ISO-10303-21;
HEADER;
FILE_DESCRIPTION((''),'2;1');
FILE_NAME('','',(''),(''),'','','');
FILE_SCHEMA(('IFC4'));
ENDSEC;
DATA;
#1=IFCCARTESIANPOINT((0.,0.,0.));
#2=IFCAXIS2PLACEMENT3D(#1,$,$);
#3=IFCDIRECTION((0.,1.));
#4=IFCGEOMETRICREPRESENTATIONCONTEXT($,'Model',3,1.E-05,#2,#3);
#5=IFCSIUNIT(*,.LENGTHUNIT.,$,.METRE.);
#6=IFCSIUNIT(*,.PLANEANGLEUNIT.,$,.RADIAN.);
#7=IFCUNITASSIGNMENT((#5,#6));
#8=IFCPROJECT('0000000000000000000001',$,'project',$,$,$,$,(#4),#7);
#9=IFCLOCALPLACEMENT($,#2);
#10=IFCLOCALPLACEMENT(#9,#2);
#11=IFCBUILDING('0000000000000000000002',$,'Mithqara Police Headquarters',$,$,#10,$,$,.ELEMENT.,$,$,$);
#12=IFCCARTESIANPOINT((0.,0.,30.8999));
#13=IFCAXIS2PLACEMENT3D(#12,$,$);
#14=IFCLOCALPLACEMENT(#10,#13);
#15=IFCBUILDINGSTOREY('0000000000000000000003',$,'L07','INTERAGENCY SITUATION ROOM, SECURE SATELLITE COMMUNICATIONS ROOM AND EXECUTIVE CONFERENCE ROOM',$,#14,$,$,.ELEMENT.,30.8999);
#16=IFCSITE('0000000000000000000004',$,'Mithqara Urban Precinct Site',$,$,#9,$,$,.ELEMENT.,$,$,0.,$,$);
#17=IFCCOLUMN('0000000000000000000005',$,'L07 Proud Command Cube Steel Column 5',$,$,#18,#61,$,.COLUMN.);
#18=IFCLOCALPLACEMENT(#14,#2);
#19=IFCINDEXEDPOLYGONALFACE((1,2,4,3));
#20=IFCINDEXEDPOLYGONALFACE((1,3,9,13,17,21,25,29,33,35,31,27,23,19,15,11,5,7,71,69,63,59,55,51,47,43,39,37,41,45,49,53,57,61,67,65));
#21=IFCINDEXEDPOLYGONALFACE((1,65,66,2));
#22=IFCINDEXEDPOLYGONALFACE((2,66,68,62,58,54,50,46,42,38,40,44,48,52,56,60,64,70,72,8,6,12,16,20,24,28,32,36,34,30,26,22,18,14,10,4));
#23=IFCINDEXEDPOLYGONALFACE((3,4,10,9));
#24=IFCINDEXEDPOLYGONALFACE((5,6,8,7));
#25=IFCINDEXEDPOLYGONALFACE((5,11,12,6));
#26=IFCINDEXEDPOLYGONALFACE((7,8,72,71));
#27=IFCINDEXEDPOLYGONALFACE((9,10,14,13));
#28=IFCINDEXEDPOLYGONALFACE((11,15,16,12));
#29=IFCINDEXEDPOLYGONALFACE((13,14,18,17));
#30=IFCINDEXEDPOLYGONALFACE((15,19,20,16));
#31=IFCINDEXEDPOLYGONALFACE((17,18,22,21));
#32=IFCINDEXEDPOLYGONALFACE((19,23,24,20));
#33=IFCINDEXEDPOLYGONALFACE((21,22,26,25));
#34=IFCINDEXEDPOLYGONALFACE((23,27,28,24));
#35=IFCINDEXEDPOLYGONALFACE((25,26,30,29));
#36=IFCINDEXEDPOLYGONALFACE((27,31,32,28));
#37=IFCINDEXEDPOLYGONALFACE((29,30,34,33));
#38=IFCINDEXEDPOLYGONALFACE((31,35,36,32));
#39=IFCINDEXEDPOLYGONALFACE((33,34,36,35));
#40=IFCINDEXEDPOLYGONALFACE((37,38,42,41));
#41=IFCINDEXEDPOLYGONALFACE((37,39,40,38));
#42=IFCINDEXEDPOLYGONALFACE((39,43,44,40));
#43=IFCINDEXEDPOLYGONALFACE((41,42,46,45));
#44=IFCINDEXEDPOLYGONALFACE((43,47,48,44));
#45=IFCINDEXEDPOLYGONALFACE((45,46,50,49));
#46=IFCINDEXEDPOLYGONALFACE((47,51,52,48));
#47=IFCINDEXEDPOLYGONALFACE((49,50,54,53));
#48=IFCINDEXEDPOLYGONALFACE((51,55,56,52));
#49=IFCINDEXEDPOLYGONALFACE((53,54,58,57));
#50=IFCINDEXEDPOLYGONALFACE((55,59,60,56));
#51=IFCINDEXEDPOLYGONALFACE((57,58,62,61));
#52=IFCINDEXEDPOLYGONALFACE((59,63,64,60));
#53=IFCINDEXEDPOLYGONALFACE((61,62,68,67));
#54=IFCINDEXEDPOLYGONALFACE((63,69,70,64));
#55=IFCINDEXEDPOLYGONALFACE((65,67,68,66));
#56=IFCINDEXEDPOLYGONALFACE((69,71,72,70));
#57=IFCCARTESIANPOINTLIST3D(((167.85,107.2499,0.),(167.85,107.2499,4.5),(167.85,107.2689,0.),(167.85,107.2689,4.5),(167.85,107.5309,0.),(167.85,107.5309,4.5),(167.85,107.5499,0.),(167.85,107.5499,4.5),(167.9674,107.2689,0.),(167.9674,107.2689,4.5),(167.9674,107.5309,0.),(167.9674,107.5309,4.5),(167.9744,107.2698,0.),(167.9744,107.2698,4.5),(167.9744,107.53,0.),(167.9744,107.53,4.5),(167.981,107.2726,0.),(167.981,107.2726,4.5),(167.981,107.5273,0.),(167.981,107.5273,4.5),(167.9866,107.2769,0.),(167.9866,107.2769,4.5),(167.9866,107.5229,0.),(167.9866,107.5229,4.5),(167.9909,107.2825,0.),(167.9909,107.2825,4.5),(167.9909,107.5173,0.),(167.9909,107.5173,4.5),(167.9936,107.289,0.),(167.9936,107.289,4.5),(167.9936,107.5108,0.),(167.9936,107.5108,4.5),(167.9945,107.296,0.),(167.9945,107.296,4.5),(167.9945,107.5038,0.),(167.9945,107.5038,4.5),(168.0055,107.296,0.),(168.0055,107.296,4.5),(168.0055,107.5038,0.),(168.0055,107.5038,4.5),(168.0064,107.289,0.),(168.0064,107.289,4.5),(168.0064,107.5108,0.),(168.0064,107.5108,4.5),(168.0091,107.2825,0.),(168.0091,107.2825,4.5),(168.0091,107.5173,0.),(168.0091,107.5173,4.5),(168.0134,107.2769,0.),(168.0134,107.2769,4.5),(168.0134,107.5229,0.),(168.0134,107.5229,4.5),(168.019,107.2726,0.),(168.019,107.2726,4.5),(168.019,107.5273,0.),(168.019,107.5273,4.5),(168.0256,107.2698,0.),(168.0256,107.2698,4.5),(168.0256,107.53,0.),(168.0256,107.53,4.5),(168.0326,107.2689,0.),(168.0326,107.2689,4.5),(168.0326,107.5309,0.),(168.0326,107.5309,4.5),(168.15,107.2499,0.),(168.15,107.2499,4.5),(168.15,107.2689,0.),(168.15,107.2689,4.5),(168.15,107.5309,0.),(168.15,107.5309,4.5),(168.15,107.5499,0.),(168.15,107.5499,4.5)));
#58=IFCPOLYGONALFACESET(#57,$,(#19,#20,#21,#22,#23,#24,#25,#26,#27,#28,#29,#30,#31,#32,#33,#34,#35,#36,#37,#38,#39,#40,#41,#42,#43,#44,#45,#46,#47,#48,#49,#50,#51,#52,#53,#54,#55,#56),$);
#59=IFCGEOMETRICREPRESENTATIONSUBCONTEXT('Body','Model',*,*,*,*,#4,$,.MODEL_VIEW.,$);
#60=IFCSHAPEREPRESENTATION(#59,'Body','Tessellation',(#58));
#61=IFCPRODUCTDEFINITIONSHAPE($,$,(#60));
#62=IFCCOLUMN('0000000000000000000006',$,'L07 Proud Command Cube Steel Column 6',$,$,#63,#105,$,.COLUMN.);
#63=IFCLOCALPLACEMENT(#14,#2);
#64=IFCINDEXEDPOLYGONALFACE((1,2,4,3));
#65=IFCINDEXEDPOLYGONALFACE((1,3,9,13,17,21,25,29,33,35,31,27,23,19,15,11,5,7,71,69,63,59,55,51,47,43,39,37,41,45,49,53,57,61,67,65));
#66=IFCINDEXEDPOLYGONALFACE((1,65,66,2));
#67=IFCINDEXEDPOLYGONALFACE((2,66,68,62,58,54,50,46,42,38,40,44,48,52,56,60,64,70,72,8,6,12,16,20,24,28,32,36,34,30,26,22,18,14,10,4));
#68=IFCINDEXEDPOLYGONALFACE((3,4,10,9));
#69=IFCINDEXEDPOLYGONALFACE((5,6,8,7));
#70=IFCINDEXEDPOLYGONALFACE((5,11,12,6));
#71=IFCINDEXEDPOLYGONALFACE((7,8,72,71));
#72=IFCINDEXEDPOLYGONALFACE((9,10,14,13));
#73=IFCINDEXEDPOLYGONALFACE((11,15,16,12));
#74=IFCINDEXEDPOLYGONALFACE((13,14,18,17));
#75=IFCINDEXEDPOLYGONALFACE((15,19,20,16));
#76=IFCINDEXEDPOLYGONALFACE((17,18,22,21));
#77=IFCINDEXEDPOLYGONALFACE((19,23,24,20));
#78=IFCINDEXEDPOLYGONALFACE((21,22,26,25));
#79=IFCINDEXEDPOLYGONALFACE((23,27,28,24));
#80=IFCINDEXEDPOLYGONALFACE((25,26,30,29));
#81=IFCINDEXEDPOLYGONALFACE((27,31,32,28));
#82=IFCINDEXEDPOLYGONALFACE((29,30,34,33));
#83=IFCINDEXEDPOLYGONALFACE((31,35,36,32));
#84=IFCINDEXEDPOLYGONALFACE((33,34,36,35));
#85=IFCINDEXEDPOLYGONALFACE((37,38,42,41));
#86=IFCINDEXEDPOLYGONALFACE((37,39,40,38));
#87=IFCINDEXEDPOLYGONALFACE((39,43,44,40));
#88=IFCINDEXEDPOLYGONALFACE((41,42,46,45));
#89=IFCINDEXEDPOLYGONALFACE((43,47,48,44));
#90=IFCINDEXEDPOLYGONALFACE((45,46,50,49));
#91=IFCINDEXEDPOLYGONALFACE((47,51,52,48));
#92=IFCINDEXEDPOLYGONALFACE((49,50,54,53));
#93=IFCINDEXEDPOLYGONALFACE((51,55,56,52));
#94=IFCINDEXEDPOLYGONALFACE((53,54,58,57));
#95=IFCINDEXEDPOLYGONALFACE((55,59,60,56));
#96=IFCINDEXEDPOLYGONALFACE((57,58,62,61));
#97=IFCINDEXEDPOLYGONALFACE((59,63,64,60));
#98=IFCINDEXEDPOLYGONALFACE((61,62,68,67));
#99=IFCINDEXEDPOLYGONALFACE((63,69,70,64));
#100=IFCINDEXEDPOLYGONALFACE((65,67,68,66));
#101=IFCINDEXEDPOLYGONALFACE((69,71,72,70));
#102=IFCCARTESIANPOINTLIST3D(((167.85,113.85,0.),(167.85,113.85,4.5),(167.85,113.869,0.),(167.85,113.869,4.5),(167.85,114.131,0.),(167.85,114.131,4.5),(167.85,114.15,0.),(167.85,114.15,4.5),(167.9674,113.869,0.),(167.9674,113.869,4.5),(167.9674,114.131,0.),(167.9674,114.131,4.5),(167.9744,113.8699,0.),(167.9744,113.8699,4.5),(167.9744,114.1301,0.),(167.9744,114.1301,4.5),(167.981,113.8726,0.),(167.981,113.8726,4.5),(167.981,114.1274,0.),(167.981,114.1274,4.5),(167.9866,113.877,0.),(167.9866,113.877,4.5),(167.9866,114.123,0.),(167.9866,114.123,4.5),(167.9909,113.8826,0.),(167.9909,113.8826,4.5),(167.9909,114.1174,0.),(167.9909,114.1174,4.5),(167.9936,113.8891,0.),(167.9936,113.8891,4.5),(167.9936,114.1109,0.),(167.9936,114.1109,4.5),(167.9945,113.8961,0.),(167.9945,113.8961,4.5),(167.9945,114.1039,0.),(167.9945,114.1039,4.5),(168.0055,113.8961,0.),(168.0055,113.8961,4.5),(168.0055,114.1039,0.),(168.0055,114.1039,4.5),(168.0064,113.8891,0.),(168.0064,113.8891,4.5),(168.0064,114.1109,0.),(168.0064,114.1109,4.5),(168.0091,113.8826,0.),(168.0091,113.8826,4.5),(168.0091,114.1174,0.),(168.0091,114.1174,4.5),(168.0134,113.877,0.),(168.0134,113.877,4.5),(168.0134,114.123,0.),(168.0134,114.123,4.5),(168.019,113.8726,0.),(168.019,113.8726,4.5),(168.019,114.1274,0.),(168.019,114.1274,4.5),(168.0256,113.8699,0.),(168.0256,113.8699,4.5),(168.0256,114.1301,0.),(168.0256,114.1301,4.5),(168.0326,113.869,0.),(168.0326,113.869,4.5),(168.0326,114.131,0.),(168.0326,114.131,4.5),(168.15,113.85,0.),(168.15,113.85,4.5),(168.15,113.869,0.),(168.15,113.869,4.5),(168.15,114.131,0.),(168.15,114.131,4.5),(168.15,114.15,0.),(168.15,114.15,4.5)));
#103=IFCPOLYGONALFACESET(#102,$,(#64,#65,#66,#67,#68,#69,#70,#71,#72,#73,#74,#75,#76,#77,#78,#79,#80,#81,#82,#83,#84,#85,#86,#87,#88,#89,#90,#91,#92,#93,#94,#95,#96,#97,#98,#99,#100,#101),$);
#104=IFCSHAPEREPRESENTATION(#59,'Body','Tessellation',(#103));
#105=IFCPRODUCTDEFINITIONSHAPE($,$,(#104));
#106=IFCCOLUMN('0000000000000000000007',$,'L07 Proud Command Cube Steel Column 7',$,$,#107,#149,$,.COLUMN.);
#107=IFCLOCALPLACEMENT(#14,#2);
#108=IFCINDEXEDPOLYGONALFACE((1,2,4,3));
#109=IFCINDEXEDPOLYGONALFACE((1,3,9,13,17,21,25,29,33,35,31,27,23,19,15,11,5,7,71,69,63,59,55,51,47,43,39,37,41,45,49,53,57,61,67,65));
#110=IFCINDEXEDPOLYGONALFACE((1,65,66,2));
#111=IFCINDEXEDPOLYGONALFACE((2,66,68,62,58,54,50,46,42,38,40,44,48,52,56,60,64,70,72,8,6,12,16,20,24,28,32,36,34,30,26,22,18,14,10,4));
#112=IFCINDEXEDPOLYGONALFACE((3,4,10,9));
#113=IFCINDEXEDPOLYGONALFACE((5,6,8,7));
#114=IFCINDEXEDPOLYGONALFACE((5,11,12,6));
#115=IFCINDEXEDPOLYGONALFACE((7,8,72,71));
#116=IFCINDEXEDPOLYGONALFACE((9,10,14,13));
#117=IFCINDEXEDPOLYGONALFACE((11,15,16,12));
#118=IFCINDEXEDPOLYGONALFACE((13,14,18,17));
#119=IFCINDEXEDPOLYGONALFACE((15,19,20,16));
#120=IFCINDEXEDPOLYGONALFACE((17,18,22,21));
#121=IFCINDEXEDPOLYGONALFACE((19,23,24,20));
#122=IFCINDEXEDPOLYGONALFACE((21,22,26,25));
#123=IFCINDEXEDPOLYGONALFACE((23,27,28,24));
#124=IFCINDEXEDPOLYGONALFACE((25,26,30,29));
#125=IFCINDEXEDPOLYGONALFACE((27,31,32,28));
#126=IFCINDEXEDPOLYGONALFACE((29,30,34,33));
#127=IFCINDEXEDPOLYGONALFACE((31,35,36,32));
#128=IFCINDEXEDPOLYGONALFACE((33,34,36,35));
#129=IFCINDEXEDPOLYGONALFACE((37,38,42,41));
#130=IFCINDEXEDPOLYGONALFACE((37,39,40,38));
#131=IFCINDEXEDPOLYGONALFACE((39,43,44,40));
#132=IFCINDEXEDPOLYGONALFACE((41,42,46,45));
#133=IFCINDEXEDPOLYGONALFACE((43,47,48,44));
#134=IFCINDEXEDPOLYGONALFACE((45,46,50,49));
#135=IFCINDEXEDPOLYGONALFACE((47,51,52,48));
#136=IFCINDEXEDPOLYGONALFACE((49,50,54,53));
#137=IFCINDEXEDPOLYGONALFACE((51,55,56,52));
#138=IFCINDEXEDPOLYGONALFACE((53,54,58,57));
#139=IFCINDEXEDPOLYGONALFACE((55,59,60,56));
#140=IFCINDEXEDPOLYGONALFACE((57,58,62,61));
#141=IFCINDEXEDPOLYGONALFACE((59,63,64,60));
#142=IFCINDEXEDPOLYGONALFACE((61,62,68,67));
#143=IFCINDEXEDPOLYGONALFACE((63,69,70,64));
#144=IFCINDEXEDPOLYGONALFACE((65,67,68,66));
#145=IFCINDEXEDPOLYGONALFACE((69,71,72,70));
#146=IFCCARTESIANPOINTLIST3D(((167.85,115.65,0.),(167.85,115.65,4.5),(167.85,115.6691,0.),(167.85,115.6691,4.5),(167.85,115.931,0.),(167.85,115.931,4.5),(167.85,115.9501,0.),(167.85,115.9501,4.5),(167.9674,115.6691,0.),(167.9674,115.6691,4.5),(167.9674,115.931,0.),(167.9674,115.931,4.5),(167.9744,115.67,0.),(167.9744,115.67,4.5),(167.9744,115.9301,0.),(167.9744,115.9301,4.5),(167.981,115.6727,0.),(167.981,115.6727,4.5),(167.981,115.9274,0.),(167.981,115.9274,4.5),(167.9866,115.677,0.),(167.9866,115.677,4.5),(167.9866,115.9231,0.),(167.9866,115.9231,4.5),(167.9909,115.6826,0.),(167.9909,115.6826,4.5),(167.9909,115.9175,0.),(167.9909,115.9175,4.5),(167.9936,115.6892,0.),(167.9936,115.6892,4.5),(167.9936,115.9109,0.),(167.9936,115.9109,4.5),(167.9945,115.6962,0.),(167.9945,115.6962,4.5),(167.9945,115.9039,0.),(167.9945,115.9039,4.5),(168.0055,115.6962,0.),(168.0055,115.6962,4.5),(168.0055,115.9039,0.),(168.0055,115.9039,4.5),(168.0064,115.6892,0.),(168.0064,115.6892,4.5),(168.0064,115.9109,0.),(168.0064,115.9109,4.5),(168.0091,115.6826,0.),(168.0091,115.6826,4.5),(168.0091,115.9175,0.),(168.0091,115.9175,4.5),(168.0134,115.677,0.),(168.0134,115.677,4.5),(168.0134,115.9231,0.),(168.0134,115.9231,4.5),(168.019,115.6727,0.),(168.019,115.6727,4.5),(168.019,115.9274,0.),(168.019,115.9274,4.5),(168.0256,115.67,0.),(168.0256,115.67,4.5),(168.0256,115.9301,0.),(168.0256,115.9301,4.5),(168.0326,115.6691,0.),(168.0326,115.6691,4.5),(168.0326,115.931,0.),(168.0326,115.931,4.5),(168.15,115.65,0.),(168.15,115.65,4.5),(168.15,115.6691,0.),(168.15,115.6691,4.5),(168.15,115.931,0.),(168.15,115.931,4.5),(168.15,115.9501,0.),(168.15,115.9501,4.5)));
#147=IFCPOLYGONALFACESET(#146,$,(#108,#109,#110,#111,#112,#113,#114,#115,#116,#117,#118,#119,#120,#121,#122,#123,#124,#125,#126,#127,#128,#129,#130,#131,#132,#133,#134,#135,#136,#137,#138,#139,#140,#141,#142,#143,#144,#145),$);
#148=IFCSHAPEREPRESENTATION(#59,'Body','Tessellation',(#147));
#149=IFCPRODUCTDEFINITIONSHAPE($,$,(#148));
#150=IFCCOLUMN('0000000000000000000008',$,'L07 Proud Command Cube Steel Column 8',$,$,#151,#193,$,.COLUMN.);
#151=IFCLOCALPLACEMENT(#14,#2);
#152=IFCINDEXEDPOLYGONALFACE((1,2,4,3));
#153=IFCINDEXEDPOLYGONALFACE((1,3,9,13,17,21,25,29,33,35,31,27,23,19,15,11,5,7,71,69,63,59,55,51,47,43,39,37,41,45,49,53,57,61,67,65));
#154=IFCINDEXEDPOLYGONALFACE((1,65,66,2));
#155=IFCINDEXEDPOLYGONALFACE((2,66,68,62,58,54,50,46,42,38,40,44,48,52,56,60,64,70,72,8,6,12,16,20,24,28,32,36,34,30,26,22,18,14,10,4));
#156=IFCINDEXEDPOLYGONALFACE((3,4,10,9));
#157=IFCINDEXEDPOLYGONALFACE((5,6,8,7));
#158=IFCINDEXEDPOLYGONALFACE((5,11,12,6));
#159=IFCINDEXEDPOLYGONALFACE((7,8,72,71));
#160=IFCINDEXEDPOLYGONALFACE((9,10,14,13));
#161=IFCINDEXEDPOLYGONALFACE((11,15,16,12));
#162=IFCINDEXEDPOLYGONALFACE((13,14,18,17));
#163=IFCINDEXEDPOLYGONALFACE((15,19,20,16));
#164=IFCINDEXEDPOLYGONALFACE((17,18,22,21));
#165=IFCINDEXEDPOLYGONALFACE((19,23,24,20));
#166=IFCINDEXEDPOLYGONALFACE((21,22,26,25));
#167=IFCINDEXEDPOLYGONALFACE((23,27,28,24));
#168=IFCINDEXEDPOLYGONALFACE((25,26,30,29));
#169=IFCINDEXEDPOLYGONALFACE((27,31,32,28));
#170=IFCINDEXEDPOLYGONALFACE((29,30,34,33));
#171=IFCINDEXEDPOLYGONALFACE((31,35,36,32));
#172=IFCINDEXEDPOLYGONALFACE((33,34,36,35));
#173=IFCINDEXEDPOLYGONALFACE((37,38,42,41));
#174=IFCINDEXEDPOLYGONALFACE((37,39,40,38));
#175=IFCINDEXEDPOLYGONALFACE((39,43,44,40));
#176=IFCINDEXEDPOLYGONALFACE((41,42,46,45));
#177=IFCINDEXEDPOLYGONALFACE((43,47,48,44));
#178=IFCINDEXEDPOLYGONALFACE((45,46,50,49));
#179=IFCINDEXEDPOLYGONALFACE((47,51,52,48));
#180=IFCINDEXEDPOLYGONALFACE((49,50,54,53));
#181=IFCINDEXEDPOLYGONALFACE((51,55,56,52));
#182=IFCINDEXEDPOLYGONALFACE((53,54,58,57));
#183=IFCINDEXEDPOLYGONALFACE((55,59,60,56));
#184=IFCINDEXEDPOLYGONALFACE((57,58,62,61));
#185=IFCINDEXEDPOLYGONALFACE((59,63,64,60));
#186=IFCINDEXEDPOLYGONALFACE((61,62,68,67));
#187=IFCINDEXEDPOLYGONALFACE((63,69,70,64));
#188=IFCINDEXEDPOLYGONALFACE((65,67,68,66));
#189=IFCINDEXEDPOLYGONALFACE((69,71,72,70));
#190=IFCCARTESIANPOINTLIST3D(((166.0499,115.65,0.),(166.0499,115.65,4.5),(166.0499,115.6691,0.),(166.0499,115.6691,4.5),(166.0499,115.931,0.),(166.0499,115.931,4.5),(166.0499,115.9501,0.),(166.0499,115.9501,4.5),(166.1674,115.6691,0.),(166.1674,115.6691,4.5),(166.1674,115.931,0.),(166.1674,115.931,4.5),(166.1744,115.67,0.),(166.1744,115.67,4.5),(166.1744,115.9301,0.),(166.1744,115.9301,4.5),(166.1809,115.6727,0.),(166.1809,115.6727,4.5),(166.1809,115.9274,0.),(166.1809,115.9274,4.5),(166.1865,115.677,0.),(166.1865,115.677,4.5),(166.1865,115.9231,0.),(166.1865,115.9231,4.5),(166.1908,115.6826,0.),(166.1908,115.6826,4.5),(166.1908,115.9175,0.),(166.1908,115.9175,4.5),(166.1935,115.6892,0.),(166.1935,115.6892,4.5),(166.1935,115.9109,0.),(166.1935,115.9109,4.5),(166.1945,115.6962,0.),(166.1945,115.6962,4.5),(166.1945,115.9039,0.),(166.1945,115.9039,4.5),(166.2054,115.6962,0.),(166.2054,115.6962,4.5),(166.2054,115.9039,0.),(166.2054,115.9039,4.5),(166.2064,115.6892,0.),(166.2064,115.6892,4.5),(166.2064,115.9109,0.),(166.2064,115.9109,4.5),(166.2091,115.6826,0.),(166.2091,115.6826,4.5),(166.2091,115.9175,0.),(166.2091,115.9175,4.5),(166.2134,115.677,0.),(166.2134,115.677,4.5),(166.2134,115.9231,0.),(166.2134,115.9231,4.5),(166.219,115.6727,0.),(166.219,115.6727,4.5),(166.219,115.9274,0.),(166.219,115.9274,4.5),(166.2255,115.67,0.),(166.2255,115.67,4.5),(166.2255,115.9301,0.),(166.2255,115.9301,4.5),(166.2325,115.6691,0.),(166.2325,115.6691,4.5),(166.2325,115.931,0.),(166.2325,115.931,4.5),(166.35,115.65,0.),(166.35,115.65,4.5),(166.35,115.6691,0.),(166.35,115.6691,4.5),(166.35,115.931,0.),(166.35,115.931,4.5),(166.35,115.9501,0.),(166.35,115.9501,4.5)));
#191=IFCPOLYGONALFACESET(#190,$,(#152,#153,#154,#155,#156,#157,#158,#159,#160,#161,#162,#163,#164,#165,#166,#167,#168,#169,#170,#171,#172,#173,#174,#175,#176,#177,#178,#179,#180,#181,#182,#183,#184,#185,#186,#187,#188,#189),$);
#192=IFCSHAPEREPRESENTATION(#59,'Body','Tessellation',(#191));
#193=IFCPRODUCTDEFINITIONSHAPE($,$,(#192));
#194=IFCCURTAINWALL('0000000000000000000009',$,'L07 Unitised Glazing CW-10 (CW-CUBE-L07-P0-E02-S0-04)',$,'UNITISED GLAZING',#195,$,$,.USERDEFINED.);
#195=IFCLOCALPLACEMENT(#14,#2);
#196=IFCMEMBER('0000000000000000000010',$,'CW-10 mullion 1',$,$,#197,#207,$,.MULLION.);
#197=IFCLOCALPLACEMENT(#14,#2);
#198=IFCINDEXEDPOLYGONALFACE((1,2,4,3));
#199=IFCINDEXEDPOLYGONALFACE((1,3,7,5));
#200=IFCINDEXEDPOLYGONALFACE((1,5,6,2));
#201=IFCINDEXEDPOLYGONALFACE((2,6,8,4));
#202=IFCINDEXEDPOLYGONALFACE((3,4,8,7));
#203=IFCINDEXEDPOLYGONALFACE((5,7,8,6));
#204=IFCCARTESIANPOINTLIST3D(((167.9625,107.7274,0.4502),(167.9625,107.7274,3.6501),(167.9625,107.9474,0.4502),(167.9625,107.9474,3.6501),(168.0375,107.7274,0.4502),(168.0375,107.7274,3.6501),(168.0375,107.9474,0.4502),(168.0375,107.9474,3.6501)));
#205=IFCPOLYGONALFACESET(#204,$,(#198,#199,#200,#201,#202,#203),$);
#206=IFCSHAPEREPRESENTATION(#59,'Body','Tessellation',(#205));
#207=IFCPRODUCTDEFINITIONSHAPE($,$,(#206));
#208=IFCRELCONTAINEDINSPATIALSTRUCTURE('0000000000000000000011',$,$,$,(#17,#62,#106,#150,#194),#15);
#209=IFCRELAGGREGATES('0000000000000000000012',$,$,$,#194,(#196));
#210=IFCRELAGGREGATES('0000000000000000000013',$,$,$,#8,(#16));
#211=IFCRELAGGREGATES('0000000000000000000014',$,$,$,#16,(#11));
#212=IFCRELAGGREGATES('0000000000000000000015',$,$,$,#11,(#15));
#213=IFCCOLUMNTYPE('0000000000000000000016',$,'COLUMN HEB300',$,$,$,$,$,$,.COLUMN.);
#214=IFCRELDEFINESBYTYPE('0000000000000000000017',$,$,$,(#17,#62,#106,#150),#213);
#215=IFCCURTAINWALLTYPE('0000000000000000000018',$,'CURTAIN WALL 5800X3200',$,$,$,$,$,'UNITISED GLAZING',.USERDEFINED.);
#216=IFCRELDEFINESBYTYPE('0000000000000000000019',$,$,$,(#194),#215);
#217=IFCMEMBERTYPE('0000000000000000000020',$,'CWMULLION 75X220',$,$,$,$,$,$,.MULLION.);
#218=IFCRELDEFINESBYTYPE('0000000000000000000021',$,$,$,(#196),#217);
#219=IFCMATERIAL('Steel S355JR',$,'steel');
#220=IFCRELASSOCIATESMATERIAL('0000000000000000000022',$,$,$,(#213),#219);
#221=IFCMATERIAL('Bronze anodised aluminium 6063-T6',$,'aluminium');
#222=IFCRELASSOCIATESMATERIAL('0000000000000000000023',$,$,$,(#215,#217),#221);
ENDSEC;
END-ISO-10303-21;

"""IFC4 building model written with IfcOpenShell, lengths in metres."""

from ifc_helpers import new_model, si_unit, direction, frame, origin, origin_2d, place, context, subcontext, project, spatial, rectangle, i_section, extrude, material, material_profile, profile_set, type_object, element, aggregate, save


model = new_model("IFC4")

# Units and contexts
model_context = context("Model", 3, precision=1e-05, world=origin(), true_north=direction((0.0, 1.0)))
body_context = subcontext(model_context, "Body", "Model", "MODEL_VIEW")
ifc_project = project(units=[si_unit("LENGTHUNIT", "METRE"), si_unit("PLANEANGLEUNIT", "RADIAN")], contexts=[model_context])

# Site, building, storey
site_placement = place(None, origin())
site = spatial("IfcSite", under=ifc_project, at=site_placement, Name="Mithqara Urban Precinct Site", CompositionType="ELEMENT", RefElevation=0.0)
building_placement = place(site_placement, origin())
building = spatial("IfcBuilding", under=site, at=building_placement, Name="Mithqara Police Headquarters", CompositionType="ELEMENT")
storey_placement = place(building_placement, frame((0.0, 0.0, 30.8999)))
storey = spatial("IfcBuildingStorey", under=building, at=storey_placement, Name="L07", Description="INTERAGENCY SITUATION ROOM, SECURE SATELLITE COMMUNICATIONS ROOM AND EXECUTIVE CONFERENCE ROOM", CompositionType="ELEMENT", Elevation=30.8999)

# Columns
ifc_material_1 = material(Name="Steel S355JR", Category="steel")
ifc_material_profile_1 = material_profile(ifc_material_1, i_section(OverallWidth=0.3, OverallDepth=0.3, WebThickness=0.011, FlangeThickness=0.019, FilletRadius=0.0271, at=origin_2d()), Name="HEB 300")
ifc_profile_set_1 = profile_set([ifc_material_profile_1], Name="Steel S355JR")
column_type = type_object("IfcColumnType", Name="COLUMN HEB300", PredefinedType="COLUMN", material=ifc_profile_set_1)
for number, where, z_axis, x_axis, name in (
    (1, (168.0, 107.3999, 0.0), (0.0, 0.0, 1.0), (1.0, 0.0, 0.0), "L07 Proud Command Cube Steel Column 5"),
    (2, (168.0, 114.0, 0.0), (0.0, 0.0, 1.0), (1.0, 0.0, 0.0), "L07 Proud Command Cube Steel Column 6"),
    (3, (168.0, 115.8, 0.0), (0.0, 0.0, 1.0), (1.0, 0.0, 0.0), "L07 Proud Command Cube Steel Column 7"),
    (4, (166.2, 115.8, 0.0), (0.0, 0.0, 1.0), (1.0, 0.0, 0.0), "L07 Proud Command Cube Steel Column 8"),
):
    element("IfcColumn", number, at=place(storey_placement, frame(where, z_axis=z_axis, x_axis=x_axis)), inside=storey, type_object=column_type, Name=name, PredefinedType="COLUMN", context=body_context, shape_type="SweptSolid", body=[
        extrude(i_section(OverallWidth=0.3, OverallDepth=0.3, WebThickness=0.011, FlangeThickness=0.019, FilletRadius=0.0271, at=origin_2d()), origin(), (0.0, 0.0, 1.0), 4.5),
    ])

# Curtain wall, member
ifc_material_2 = material(Name="Bronze anodised aluminium 6063-T6", Category="aluminium")
curtain_wall_type_1 = type_object("IfcCurtainWallType", Name="CURTAIN WALL 5800X3200", ElementType="UNITISED GLAZING", PredefinedType="USERDEFINED", material=ifc_material_2)
curtain_wall_1_placement = place(storey_placement, origin())
curtain_wall_1 = element("IfcCurtainWall", 5, at=curtain_wall_1_placement, inside=storey, type_object=curtain_wall_type_1, Name="L07 Unitised Glazing CW-10 (CW-CUBE-L07-P0-E02-S0-04)", ObjectType="UNITISED GLAZING", PredefinedType="USERDEFINED")
ifc_material_profile_2 = material_profile(ifc_material_2, rectangle(XDim=0.075, YDim=0.22, at=origin_2d()), Name="CWM 75x220")
ifc_profile_set_2 = profile_set([ifc_material_profile_2], Name="Bronze anodised aluminium 6063-T6")
member_type_1 = type_object("IfcMemberType", Name="CWMULLION 75X220", PredefinedType="MULLION", material=ifc_profile_set_2)
member_1_placement = place(storey_placement, frame((168.0, 107.8374, 0.4502), z_axis=(0.0, 0.0, 1.0), x_axis=(-1.0, 0.0, 0.0)))
member_1 = element("IfcMember", 6, at=member_1_placement, type_object=member_type_1, Name="CW-10 mullion 1", PredefinedType="MULLION", context=body_context, shape_type="SweptSolid", body=[
    extrude(rectangle(XDim=0.075, YDim=0.22, at=origin_2d()), origin(), (0.0, 0.0, 1.0), 3.2),
])

aggregate(curtain_wall_1, [member_1])

save(model, "model.ifc")
